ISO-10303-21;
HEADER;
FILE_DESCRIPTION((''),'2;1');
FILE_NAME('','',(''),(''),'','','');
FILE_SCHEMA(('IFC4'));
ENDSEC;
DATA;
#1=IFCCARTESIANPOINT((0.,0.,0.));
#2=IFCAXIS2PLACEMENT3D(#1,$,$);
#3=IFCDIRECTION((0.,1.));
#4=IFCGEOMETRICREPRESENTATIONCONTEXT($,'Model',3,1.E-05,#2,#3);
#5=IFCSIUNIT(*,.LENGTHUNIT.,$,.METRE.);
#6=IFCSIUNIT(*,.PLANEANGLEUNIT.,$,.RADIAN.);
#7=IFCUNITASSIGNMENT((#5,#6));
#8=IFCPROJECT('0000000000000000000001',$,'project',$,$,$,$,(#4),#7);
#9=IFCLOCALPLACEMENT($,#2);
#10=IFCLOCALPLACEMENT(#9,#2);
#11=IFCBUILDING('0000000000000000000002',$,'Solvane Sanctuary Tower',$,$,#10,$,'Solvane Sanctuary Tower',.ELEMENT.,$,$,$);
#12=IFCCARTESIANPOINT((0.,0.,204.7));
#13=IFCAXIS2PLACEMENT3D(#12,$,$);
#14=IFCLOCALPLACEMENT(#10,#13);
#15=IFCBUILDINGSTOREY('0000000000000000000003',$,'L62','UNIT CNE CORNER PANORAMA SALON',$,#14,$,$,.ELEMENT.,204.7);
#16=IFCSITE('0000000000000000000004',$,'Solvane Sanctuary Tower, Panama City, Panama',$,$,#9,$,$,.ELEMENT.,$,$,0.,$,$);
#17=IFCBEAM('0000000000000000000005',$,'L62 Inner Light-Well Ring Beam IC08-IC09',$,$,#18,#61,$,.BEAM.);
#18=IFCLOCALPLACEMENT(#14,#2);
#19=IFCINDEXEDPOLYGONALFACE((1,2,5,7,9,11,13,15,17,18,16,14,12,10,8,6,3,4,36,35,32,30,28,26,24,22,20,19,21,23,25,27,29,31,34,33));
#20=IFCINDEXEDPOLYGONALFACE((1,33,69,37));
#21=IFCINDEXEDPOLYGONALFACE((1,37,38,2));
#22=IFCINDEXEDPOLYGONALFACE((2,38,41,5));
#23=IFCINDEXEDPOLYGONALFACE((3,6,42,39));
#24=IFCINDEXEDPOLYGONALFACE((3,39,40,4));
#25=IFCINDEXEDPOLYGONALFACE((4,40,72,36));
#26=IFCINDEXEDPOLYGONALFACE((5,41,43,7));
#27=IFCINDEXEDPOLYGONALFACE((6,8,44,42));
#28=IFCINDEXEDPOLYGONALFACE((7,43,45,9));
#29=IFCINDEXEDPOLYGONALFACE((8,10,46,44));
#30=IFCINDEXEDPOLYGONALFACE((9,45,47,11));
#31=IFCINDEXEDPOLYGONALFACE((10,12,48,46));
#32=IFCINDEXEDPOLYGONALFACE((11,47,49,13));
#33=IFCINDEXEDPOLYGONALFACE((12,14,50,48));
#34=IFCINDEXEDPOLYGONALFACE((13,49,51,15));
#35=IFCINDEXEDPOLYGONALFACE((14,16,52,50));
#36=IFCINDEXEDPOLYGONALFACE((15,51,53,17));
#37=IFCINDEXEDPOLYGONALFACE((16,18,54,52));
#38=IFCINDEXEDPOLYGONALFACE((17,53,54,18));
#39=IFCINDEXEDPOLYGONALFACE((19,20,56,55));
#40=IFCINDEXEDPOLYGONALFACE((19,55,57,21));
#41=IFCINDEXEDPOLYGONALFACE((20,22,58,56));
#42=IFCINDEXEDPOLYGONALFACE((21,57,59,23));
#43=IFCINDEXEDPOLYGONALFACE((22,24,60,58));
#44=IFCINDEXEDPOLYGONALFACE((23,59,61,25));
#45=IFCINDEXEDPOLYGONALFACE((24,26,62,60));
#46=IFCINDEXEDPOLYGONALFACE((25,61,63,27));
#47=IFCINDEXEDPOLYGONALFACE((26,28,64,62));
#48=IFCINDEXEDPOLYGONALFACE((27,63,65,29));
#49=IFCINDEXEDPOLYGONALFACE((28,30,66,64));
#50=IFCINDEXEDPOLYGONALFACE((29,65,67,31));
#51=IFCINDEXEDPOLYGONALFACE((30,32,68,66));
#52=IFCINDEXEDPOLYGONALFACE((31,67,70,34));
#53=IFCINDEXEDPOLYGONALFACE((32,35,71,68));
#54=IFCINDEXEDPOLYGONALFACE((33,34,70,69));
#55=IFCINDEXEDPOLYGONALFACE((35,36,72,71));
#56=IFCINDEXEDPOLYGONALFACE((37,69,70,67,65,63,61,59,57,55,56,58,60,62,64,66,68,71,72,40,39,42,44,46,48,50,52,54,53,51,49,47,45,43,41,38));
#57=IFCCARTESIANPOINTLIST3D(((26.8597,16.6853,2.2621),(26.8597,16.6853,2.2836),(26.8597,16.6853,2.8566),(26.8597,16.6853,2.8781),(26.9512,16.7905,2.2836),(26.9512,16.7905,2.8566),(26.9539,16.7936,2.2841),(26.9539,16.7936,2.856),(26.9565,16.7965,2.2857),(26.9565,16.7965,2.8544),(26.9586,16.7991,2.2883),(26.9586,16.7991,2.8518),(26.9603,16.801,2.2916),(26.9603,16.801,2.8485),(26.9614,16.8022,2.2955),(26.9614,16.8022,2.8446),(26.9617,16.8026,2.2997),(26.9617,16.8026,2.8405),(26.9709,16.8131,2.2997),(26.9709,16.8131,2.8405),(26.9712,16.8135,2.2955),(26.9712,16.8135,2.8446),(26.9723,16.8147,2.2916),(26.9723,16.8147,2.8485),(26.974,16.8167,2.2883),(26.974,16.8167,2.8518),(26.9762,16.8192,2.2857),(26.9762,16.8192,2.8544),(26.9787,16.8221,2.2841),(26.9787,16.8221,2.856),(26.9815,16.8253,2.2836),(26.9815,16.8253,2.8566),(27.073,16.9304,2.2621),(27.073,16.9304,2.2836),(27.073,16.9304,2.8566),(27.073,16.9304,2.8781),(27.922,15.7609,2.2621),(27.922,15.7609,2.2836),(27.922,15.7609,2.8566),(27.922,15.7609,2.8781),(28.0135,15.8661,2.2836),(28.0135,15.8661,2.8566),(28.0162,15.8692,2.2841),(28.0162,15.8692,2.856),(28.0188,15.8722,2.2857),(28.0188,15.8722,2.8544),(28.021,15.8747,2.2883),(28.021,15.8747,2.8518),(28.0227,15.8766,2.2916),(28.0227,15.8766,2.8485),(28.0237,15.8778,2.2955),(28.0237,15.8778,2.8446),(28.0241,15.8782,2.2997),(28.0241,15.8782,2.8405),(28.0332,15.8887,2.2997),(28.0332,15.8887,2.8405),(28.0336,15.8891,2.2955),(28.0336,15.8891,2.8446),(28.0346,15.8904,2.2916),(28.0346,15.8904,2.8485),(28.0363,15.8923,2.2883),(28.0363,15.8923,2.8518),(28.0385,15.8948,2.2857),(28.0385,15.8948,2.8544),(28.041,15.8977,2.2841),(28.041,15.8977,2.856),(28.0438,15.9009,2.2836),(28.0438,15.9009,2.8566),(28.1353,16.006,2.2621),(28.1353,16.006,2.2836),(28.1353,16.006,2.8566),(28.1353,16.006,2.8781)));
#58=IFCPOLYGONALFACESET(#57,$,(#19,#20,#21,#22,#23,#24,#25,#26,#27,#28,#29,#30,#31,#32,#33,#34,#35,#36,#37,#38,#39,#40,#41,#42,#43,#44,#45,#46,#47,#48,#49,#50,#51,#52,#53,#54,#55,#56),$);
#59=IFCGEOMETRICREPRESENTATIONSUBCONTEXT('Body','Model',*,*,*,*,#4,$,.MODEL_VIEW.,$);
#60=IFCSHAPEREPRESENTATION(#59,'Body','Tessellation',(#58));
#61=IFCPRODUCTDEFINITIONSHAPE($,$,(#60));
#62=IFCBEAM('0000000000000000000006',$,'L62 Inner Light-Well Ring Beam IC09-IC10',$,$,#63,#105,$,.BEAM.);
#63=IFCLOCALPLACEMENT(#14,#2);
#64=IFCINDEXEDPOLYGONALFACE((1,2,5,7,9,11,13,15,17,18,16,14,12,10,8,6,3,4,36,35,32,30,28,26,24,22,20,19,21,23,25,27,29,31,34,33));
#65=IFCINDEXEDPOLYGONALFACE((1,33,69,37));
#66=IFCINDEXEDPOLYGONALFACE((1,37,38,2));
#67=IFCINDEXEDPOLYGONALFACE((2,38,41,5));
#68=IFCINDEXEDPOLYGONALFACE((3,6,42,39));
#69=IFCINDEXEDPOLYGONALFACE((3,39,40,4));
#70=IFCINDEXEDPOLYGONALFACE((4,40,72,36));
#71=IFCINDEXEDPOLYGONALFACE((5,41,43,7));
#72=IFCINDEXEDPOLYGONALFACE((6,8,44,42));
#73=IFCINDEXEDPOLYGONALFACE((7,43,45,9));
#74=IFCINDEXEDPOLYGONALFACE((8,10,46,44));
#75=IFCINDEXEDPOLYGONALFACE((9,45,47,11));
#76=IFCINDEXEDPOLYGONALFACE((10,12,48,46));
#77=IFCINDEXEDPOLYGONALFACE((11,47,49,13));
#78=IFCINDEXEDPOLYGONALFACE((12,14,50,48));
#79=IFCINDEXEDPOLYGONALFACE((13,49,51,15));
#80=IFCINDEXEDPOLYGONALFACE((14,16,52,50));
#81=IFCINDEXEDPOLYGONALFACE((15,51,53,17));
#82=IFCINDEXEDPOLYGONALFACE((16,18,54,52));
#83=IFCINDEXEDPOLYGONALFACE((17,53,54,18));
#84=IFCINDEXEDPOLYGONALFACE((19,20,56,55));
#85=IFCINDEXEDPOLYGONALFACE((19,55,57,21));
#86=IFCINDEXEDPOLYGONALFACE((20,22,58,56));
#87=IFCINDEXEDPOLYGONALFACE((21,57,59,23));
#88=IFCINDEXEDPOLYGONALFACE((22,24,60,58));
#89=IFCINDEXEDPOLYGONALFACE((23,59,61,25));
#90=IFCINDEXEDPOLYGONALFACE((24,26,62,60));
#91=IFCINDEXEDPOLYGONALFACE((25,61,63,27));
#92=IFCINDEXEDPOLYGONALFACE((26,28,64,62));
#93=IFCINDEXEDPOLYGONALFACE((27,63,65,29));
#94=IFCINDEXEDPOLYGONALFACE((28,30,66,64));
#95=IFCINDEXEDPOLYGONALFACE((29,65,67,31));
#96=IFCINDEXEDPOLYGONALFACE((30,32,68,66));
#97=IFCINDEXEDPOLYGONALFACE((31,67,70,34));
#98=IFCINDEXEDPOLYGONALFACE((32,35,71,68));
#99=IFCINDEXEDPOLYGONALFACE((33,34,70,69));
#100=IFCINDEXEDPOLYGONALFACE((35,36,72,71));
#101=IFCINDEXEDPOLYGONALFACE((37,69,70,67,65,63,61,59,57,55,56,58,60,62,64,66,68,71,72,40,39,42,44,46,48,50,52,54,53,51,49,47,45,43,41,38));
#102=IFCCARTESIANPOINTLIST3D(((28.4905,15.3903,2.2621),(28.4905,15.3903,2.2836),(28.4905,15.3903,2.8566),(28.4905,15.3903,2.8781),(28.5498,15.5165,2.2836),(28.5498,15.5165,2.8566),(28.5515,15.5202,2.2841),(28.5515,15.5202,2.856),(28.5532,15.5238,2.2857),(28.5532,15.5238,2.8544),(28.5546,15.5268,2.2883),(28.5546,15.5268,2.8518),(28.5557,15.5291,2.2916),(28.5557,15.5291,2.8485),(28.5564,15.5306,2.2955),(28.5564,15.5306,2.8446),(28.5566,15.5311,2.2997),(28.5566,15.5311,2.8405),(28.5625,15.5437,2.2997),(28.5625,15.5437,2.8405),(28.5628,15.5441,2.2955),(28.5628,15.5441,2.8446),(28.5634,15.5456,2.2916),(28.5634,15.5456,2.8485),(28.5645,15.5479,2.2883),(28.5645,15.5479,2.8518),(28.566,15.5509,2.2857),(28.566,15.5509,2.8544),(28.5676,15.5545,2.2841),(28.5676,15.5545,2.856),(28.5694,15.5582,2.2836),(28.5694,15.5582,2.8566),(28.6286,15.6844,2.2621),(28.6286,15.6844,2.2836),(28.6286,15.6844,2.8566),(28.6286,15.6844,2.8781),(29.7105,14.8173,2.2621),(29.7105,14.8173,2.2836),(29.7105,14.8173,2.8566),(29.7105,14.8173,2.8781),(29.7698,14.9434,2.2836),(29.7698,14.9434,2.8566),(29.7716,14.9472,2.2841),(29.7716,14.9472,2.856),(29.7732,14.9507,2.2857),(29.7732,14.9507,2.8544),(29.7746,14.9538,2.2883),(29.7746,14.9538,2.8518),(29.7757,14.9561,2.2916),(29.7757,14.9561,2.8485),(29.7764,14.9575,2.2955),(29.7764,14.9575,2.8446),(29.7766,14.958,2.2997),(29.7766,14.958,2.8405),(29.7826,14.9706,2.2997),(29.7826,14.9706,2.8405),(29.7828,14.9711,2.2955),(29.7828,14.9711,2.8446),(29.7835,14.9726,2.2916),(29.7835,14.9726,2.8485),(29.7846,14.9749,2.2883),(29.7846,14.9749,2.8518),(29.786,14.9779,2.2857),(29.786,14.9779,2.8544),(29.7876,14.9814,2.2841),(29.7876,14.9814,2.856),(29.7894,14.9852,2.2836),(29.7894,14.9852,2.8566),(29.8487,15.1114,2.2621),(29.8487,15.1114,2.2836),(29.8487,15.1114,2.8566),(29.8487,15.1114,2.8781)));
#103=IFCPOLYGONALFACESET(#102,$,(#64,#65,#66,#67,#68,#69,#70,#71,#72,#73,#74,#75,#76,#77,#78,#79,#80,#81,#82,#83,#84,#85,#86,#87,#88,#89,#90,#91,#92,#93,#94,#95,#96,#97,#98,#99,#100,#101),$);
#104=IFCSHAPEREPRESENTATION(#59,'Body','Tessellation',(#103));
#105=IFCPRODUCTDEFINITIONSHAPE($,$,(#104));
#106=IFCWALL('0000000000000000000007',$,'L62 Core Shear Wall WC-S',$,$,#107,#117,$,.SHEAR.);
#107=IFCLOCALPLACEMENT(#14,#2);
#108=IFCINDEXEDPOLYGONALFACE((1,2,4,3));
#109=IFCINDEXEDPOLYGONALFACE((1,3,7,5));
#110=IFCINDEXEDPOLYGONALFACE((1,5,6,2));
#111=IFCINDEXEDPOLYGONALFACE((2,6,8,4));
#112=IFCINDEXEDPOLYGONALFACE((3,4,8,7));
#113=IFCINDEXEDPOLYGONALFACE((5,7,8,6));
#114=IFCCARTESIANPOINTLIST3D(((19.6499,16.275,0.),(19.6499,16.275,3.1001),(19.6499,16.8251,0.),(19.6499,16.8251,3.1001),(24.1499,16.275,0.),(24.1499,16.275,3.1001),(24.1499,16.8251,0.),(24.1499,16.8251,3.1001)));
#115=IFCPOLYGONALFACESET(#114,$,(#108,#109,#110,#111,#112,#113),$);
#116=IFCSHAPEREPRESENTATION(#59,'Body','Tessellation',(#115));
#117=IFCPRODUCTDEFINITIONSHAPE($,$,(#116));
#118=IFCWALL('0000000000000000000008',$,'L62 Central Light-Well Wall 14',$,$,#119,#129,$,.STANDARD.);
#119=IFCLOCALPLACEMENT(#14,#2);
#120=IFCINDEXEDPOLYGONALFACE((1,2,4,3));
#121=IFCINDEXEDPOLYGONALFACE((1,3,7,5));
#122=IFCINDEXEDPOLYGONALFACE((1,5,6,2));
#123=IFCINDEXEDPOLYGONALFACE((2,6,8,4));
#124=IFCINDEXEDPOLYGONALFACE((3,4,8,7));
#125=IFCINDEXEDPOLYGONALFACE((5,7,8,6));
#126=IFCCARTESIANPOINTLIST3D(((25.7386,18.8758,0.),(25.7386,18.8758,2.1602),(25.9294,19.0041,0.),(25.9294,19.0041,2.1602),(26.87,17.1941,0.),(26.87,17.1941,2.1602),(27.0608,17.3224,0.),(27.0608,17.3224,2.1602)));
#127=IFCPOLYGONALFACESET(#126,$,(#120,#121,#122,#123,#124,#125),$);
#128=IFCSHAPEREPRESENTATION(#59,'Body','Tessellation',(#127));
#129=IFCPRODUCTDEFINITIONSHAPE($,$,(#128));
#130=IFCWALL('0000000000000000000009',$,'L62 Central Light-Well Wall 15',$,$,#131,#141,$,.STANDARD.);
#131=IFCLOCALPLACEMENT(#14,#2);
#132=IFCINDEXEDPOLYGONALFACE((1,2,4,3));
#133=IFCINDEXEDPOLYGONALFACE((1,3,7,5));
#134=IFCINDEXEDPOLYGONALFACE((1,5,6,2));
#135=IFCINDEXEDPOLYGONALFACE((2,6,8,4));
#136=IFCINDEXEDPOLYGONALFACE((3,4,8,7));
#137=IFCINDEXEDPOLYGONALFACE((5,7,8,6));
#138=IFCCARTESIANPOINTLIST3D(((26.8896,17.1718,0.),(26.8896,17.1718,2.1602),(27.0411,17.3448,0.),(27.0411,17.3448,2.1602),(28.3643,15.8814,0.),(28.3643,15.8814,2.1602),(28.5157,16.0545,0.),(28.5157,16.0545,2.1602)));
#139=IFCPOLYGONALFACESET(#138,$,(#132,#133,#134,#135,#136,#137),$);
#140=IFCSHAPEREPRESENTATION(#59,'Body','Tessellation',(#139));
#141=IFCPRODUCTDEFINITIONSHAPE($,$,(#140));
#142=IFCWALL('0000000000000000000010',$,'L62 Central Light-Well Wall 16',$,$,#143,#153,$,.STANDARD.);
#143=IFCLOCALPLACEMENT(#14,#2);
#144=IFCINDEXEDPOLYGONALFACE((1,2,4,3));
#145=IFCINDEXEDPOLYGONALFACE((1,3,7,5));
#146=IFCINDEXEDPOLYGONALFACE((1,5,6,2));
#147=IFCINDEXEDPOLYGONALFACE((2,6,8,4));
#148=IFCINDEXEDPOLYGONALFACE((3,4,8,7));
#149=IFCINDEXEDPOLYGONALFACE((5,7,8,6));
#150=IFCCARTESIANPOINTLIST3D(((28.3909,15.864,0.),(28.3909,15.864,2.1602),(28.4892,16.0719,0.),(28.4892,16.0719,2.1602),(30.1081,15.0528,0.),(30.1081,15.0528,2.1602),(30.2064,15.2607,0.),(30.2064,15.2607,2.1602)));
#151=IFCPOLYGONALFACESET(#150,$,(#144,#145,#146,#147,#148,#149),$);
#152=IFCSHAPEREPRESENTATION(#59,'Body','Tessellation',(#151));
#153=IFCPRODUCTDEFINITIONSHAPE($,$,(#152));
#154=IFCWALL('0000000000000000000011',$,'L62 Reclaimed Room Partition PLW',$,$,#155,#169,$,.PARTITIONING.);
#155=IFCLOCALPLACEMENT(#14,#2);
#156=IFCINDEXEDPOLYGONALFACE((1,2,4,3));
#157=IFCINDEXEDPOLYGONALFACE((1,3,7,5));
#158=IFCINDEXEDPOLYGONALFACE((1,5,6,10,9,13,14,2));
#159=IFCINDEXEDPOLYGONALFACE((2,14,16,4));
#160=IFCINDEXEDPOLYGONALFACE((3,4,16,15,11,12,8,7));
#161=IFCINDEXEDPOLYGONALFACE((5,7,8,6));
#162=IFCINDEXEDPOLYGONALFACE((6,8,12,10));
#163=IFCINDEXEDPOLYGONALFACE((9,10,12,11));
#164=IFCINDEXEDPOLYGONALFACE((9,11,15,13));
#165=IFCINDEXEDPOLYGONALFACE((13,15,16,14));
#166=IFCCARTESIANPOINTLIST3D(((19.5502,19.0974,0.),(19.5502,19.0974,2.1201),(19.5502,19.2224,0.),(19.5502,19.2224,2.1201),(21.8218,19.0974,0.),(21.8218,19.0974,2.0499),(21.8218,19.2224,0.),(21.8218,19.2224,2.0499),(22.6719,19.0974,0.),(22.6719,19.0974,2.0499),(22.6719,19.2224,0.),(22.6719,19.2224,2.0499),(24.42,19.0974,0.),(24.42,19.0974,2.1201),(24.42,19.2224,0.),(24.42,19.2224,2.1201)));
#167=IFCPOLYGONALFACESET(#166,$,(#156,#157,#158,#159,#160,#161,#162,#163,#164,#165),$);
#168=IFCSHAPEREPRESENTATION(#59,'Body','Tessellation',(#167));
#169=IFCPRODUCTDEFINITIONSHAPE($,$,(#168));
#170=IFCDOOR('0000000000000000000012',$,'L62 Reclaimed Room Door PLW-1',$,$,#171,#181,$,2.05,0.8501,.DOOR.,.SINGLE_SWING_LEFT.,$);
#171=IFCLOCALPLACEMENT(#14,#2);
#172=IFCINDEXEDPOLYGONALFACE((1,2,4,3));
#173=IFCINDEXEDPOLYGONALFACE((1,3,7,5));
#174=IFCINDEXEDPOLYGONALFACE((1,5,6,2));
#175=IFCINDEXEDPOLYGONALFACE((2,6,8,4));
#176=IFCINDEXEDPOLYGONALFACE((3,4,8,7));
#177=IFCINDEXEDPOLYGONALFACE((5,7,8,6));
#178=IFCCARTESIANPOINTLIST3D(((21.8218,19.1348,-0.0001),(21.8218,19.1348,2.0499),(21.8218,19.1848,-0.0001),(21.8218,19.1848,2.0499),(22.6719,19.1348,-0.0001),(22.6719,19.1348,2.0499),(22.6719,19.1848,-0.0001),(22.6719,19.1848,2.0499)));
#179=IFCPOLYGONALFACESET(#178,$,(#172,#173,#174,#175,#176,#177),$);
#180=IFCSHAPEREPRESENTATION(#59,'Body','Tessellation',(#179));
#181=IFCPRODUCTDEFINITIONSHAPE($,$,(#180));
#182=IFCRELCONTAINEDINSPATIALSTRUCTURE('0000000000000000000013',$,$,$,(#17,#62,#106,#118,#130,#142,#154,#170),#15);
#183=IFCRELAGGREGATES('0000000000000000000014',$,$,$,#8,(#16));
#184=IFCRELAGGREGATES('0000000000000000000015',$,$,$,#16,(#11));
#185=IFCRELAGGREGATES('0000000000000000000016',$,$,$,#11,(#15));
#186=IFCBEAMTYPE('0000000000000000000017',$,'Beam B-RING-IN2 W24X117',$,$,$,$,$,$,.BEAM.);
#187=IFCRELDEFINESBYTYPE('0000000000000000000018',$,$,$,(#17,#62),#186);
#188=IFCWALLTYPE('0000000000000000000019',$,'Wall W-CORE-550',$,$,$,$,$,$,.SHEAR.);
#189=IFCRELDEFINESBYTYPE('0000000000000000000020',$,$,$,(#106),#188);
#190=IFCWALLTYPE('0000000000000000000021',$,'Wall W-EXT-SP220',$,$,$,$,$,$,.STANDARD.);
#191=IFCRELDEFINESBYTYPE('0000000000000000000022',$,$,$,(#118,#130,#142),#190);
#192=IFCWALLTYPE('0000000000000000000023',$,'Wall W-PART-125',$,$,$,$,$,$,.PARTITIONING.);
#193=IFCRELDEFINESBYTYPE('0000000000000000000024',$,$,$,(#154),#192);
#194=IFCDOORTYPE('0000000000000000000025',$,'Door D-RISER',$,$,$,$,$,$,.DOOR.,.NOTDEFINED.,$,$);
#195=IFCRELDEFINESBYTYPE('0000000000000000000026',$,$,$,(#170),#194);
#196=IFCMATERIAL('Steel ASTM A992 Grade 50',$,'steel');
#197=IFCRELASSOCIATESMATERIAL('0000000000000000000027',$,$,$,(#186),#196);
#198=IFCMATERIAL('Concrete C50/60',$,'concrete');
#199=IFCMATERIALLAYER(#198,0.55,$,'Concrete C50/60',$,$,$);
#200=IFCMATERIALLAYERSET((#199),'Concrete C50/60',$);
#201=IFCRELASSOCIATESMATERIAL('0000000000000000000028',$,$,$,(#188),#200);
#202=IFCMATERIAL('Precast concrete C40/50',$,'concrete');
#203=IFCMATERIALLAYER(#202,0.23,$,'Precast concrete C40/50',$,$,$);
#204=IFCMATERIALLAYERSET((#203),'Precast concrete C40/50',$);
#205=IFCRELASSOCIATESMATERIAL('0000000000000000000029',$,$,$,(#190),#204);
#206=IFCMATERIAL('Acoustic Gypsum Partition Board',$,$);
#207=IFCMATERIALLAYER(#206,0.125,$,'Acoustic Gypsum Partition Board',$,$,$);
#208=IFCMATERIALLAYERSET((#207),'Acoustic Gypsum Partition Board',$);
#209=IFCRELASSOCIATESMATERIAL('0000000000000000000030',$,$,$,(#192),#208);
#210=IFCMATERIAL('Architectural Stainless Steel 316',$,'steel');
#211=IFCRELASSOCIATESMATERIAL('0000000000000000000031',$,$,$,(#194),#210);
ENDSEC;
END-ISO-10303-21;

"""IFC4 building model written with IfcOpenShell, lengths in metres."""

from ifc_helpers import new_model, si_unit, direction, frame, frame_2d, origin, origin_2d, place, context, subcontext, project, spatial, rectangle, i_section, extrude, material, layer, layer_set, material_profile, profile_set, type_object, element, fill, save


model = new_model("IFC4")

# Units and contexts
model_context = context("Model", 3, precision=1e-05, world=origin(), true_north=direction((0.0, 1.0)))
body_context = subcontext(model_context, "Body", "Model", "MODEL_VIEW")
ifc_project = project(units=[si_unit("LENGTHUNIT", "METRE"), si_unit("PLANEANGLEUNIT", "RADIAN")], contexts=[model_context])

# Site, building, storey
site_placement = place(None, origin())
site = spatial("IfcSite", under=ifc_project, at=site_placement, Name="Solvane Sanctuary Tower, Panama City, Panama", CompositionType="ELEMENT", RefElevation=0.0)
building_placement = place(site_placement, origin())
building = spatial("IfcBuilding", under=site, at=building_placement, Name="Solvane Sanctuary Tower", LongName="Solvane Sanctuary Tower", CompositionType="ELEMENT")
storey_placement = place(building_placement, frame((0.0, 0.0, 204.7)))
storey = spatial("IfcBuildingStorey", under=building, at=storey_placement, Name="L62", Description="UNIT CNE CORNER PANORAMA SALON", CompositionType="ELEMENT", Elevation=204.7)

# Shared definitions
ifc_material_1 = material(Name="Concrete C50/60", Category="concrete")

# Beams
ifc_material_2 = material(Name="Steel ASTM A992 Grade 50", Category="steel")
ifc_material_profile_1 = material_profile(ifc_material_2, i_section(OverallWidth=0.325, OverallDepth=0.616, WebThickness=0.0139, FlangeThickness=0.0215, FilletRadius=0.0161, at=origin_2d()), Name="W24X117")
ifc_profile_set_1 = profile_set([ifc_material_profile_1], Name="Steel ASTM A992 Grade 50")
beam_type_1 = type_object("IfcBeamType", Name="Beam B-RING-IN2 W24X117", PredefinedType="BEAM", material=ifc_profile_set_1)
beam_1_placement = place(storey_placement, frame((26.9663, 16.8079, 2.5701), z_axis=(0.754389, -0.656428, 0.0), x_axis=(0.656428, 0.754389, 0.0)))
element("IfcBeam", 1, at=beam_1_placement, inside=storey, type_object=beam_type_1, Name="L62 Inner Light-Well Ring Beam IC08-IC09", PredefinedType="BEAM", context=body_context, shape_type="SweptSolid", body=[
    extrude(i_section(OverallWidth=0.325, OverallDepth=0.616, WebThickness=0.0139, FlangeThickness=0.0215, FilletRadius=0.0161, at=origin_2d()), origin(), (0.0, 0.0, 1.0), 1.4082),
])
beam_2_placement = place(storey_placement, frame((28.5596, 15.5374, 2.5701), z_axis=(0.905135, -0.425125, 0.0), x_axis=(0.425125, 0.905135, 0.0)))
element("IfcBeam", 2, at=beam_2_placement, inside=storey, type_object=beam_type_1, Name="L62 Inner Light-Well Ring Beam IC09-IC10", PredefinedType="BEAM", context=body_context, shape_type="SweptSolid", body=[
    extrude(i_section(OverallWidth=0.325, OverallDepth=0.616, WebThickness=0.0139, FlangeThickness=0.0215, FilletRadius=0.0161, at=origin_2d()), origin(), (0.0, 0.0, 1.0), 1.3479),
])

# Walls
ifc_layer_1 = layer(ifc_material_1, 0.55, Name="Concrete C50/60")
ifc_layer_set_1 = layer_set([ifc_layer_1], Name="Concrete C50/60")
wall_type_1 = type_object("IfcWallType", Name="Wall W-CORE-550", PredefinedType="SHEAR", material=ifc_layer_set_1)
wall_1_placement = place(storey_placement, frame((19.6499, 16.55, 0.0), z_axis=(0.0, 0.0, 1.0), x_axis=(1.0, 0.0, 0.0)))
element("IfcWall", 3, at=wall_1_placement, inside=storey, type_object=wall_type_1, Name="L62 Core Shear Wall WC-S", PredefinedType="SHEAR", context=body_context, shape_type="SweptSolid", body=[
    extrude(rectangle(XDim=4.5, YDim=0.55, at=frame_2d((2.25, 0.0))), origin(), (0.0, 0.0, 1.0), 3.1001),
])
ifc_material_3 = material(Name="Precast concrete C40/50", Category="concrete")
ifc_layer_2 = layer(ifc_material_3, 0.23, Name="Precast concrete C40/50")
ifc_layer_set_2 = layer_set([ifc_layer_2], Name="Precast concrete C40/50")
wall_type_2 = type_object("IfcWallType", Name="Wall W-EXT-SP220", PredefinedType="STANDARD", material=ifc_layer_set_2)
wall_2_placement = place(storey_placement, frame((25.834, 18.9399, 0.0), z_axis=(0.0, 0.0, 1.0), x_axis=(0.558198, -0.829708, 0.0)))
element("IfcWall", 4, at=wall_2_placement, inside=storey, type_object=wall_type_2, Name="L62 Central Light-Well Wall 14", PredefinedType="STANDARD", context=body_context, shape_type="SweptSolid", body=[
    extrude(rectangle(XDim=2.0269, YDim=0.23, at=frame_2d((1.0134, 0.0))), origin(), (0.0, 0.0, 1.0), 2.1602),
])
wall_3_placement = place(storey_placement, frame((26.9653, 17.2583, 0.0), z_axis=(0.0, 0.0, 1.0), x_axis=(0.752577, -0.658505, 0.0)))
element("IfcWall", 5, at=wall_3_placement, inside=storey, type_object=wall_type_2, Name="L62 Central Light-Well Wall 15", PredefinedType="STANDARD", context=body_context, shape_type="SweptSolid", body=[
    extrude(rectangle(XDim=1.9595, YDim=0.23, at=frame_2d((0.9797, 0.0))), origin(), (0.0, 0.0, 1.0), 2.1602),
])
wall_4_placement = place(storey_placement, frame((28.4399, 15.968, 0.0), z_axis=(0.0, 0.0, 1.0), x_axis=(0.90418, -0.427152, 0.0)))
element("IfcWall", 6, at=wall_4_placement, inside=storey, type_object=wall_type_2, Name="L62 Central Light-Well Wall 16", PredefinedType="STANDARD", context=body_context, shape_type="SweptSolid", body=[
    extrude(rectangle(XDim=1.8992, YDim=0.23, at=frame_2d((0.9497, 0.0))), origin(), (0.0, 0.0, 1.0), 2.1602),
])

# Wall, opening, door
ifc_material_4 = material(Name="Acoustic Gypsum Partition Board")
ifc_layer_3 = layer(ifc_material_4, 0.125, Name="Acoustic Gypsum Partition Board")
ifc_layer_set_3 = layer_set([ifc_layer_3], Name="Acoustic Gypsum Partition Board")
wall_type_3 = type_object("IfcWallType", Name="Wall W-PART-125", PredefinedType="PARTITIONING", material=ifc_layer_set_3)
wall_5_placement = place(storey_placement, frame((19.55, 19.1599, 0.0), z_axis=(0.0, 0.0, 1.0), x_axis=(1.0, 0.0, 0.0)))
wall_5 = element("IfcWall", 7, at=wall_5_placement, inside=storey, type_object=wall_type_3, Name="L62 Reclaimed Room Partition PLW", PredefinedType="PARTITIONING", context=body_context, shape_type="SweptSolid", body=[
    extrude(rectangle(XDim=4.8699, YDim=0.125, at=frame_2d((2.4351, 0.0))), origin(), (0.0, 0.0, 1.0), 2.1201),
])
opening_1_placement = place(wall_5_placement, frame((2.2717, 0.0, 0.0)))
opening_1 = element("IfcOpeningElement", 8, at=opening_1_placement, cuts=wall_5, PredefinedType="OPENING", context=body_context, shape_type="SweptSolid", body=[
    extrude(rectangle(XDim=0.8501, YDim=2.05, at=frame_2d((0.425, 1.0249))), frame((0.0, 0.0725, 0.0), z_axis=(0.0, -1.0, 0.0), x_axis=(1.0, 0.0, 0.0)), (0.0, 0.0, 1.0), 0.145),
])
ifc_material_5 = material(Name="Architectural Stainless Steel 316", Category="steel")
door_type = type_object("IfcDoorType", Name="Door D-RISER", OperationType="NOTDEFINED", PredefinedType="DOOR", material=ifc_material_5)
door_1_placement = place(opening_1_placement, origin())
door_1 = element("IfcDoor", 9, at=door_1_placement, inside=storey, type_object=door_type, Name="L62 Reclaimed Room Door PLW-1", OperationType="SINGLE_SWING_LEFT", OverallHeight=2.05, OverallWidth=0.8501, PredefinedType="DOOR", context=body_context, shape_type="SweptSolid", body=[
    extrude(rectangle(XDim=0.8501, YDim=2.05, at=frame_2d((0.425, 1.0249))), frame((0.0, 0.0249, 0.0), z_axis=(0.0, -1.0, 0.0), x_axis=(1.0, 0.0, 0.0)), (0.0, 0.0, 1.0), 0.05),
])
fill(opening_1, door_1)

save(model, "model.ifc")
